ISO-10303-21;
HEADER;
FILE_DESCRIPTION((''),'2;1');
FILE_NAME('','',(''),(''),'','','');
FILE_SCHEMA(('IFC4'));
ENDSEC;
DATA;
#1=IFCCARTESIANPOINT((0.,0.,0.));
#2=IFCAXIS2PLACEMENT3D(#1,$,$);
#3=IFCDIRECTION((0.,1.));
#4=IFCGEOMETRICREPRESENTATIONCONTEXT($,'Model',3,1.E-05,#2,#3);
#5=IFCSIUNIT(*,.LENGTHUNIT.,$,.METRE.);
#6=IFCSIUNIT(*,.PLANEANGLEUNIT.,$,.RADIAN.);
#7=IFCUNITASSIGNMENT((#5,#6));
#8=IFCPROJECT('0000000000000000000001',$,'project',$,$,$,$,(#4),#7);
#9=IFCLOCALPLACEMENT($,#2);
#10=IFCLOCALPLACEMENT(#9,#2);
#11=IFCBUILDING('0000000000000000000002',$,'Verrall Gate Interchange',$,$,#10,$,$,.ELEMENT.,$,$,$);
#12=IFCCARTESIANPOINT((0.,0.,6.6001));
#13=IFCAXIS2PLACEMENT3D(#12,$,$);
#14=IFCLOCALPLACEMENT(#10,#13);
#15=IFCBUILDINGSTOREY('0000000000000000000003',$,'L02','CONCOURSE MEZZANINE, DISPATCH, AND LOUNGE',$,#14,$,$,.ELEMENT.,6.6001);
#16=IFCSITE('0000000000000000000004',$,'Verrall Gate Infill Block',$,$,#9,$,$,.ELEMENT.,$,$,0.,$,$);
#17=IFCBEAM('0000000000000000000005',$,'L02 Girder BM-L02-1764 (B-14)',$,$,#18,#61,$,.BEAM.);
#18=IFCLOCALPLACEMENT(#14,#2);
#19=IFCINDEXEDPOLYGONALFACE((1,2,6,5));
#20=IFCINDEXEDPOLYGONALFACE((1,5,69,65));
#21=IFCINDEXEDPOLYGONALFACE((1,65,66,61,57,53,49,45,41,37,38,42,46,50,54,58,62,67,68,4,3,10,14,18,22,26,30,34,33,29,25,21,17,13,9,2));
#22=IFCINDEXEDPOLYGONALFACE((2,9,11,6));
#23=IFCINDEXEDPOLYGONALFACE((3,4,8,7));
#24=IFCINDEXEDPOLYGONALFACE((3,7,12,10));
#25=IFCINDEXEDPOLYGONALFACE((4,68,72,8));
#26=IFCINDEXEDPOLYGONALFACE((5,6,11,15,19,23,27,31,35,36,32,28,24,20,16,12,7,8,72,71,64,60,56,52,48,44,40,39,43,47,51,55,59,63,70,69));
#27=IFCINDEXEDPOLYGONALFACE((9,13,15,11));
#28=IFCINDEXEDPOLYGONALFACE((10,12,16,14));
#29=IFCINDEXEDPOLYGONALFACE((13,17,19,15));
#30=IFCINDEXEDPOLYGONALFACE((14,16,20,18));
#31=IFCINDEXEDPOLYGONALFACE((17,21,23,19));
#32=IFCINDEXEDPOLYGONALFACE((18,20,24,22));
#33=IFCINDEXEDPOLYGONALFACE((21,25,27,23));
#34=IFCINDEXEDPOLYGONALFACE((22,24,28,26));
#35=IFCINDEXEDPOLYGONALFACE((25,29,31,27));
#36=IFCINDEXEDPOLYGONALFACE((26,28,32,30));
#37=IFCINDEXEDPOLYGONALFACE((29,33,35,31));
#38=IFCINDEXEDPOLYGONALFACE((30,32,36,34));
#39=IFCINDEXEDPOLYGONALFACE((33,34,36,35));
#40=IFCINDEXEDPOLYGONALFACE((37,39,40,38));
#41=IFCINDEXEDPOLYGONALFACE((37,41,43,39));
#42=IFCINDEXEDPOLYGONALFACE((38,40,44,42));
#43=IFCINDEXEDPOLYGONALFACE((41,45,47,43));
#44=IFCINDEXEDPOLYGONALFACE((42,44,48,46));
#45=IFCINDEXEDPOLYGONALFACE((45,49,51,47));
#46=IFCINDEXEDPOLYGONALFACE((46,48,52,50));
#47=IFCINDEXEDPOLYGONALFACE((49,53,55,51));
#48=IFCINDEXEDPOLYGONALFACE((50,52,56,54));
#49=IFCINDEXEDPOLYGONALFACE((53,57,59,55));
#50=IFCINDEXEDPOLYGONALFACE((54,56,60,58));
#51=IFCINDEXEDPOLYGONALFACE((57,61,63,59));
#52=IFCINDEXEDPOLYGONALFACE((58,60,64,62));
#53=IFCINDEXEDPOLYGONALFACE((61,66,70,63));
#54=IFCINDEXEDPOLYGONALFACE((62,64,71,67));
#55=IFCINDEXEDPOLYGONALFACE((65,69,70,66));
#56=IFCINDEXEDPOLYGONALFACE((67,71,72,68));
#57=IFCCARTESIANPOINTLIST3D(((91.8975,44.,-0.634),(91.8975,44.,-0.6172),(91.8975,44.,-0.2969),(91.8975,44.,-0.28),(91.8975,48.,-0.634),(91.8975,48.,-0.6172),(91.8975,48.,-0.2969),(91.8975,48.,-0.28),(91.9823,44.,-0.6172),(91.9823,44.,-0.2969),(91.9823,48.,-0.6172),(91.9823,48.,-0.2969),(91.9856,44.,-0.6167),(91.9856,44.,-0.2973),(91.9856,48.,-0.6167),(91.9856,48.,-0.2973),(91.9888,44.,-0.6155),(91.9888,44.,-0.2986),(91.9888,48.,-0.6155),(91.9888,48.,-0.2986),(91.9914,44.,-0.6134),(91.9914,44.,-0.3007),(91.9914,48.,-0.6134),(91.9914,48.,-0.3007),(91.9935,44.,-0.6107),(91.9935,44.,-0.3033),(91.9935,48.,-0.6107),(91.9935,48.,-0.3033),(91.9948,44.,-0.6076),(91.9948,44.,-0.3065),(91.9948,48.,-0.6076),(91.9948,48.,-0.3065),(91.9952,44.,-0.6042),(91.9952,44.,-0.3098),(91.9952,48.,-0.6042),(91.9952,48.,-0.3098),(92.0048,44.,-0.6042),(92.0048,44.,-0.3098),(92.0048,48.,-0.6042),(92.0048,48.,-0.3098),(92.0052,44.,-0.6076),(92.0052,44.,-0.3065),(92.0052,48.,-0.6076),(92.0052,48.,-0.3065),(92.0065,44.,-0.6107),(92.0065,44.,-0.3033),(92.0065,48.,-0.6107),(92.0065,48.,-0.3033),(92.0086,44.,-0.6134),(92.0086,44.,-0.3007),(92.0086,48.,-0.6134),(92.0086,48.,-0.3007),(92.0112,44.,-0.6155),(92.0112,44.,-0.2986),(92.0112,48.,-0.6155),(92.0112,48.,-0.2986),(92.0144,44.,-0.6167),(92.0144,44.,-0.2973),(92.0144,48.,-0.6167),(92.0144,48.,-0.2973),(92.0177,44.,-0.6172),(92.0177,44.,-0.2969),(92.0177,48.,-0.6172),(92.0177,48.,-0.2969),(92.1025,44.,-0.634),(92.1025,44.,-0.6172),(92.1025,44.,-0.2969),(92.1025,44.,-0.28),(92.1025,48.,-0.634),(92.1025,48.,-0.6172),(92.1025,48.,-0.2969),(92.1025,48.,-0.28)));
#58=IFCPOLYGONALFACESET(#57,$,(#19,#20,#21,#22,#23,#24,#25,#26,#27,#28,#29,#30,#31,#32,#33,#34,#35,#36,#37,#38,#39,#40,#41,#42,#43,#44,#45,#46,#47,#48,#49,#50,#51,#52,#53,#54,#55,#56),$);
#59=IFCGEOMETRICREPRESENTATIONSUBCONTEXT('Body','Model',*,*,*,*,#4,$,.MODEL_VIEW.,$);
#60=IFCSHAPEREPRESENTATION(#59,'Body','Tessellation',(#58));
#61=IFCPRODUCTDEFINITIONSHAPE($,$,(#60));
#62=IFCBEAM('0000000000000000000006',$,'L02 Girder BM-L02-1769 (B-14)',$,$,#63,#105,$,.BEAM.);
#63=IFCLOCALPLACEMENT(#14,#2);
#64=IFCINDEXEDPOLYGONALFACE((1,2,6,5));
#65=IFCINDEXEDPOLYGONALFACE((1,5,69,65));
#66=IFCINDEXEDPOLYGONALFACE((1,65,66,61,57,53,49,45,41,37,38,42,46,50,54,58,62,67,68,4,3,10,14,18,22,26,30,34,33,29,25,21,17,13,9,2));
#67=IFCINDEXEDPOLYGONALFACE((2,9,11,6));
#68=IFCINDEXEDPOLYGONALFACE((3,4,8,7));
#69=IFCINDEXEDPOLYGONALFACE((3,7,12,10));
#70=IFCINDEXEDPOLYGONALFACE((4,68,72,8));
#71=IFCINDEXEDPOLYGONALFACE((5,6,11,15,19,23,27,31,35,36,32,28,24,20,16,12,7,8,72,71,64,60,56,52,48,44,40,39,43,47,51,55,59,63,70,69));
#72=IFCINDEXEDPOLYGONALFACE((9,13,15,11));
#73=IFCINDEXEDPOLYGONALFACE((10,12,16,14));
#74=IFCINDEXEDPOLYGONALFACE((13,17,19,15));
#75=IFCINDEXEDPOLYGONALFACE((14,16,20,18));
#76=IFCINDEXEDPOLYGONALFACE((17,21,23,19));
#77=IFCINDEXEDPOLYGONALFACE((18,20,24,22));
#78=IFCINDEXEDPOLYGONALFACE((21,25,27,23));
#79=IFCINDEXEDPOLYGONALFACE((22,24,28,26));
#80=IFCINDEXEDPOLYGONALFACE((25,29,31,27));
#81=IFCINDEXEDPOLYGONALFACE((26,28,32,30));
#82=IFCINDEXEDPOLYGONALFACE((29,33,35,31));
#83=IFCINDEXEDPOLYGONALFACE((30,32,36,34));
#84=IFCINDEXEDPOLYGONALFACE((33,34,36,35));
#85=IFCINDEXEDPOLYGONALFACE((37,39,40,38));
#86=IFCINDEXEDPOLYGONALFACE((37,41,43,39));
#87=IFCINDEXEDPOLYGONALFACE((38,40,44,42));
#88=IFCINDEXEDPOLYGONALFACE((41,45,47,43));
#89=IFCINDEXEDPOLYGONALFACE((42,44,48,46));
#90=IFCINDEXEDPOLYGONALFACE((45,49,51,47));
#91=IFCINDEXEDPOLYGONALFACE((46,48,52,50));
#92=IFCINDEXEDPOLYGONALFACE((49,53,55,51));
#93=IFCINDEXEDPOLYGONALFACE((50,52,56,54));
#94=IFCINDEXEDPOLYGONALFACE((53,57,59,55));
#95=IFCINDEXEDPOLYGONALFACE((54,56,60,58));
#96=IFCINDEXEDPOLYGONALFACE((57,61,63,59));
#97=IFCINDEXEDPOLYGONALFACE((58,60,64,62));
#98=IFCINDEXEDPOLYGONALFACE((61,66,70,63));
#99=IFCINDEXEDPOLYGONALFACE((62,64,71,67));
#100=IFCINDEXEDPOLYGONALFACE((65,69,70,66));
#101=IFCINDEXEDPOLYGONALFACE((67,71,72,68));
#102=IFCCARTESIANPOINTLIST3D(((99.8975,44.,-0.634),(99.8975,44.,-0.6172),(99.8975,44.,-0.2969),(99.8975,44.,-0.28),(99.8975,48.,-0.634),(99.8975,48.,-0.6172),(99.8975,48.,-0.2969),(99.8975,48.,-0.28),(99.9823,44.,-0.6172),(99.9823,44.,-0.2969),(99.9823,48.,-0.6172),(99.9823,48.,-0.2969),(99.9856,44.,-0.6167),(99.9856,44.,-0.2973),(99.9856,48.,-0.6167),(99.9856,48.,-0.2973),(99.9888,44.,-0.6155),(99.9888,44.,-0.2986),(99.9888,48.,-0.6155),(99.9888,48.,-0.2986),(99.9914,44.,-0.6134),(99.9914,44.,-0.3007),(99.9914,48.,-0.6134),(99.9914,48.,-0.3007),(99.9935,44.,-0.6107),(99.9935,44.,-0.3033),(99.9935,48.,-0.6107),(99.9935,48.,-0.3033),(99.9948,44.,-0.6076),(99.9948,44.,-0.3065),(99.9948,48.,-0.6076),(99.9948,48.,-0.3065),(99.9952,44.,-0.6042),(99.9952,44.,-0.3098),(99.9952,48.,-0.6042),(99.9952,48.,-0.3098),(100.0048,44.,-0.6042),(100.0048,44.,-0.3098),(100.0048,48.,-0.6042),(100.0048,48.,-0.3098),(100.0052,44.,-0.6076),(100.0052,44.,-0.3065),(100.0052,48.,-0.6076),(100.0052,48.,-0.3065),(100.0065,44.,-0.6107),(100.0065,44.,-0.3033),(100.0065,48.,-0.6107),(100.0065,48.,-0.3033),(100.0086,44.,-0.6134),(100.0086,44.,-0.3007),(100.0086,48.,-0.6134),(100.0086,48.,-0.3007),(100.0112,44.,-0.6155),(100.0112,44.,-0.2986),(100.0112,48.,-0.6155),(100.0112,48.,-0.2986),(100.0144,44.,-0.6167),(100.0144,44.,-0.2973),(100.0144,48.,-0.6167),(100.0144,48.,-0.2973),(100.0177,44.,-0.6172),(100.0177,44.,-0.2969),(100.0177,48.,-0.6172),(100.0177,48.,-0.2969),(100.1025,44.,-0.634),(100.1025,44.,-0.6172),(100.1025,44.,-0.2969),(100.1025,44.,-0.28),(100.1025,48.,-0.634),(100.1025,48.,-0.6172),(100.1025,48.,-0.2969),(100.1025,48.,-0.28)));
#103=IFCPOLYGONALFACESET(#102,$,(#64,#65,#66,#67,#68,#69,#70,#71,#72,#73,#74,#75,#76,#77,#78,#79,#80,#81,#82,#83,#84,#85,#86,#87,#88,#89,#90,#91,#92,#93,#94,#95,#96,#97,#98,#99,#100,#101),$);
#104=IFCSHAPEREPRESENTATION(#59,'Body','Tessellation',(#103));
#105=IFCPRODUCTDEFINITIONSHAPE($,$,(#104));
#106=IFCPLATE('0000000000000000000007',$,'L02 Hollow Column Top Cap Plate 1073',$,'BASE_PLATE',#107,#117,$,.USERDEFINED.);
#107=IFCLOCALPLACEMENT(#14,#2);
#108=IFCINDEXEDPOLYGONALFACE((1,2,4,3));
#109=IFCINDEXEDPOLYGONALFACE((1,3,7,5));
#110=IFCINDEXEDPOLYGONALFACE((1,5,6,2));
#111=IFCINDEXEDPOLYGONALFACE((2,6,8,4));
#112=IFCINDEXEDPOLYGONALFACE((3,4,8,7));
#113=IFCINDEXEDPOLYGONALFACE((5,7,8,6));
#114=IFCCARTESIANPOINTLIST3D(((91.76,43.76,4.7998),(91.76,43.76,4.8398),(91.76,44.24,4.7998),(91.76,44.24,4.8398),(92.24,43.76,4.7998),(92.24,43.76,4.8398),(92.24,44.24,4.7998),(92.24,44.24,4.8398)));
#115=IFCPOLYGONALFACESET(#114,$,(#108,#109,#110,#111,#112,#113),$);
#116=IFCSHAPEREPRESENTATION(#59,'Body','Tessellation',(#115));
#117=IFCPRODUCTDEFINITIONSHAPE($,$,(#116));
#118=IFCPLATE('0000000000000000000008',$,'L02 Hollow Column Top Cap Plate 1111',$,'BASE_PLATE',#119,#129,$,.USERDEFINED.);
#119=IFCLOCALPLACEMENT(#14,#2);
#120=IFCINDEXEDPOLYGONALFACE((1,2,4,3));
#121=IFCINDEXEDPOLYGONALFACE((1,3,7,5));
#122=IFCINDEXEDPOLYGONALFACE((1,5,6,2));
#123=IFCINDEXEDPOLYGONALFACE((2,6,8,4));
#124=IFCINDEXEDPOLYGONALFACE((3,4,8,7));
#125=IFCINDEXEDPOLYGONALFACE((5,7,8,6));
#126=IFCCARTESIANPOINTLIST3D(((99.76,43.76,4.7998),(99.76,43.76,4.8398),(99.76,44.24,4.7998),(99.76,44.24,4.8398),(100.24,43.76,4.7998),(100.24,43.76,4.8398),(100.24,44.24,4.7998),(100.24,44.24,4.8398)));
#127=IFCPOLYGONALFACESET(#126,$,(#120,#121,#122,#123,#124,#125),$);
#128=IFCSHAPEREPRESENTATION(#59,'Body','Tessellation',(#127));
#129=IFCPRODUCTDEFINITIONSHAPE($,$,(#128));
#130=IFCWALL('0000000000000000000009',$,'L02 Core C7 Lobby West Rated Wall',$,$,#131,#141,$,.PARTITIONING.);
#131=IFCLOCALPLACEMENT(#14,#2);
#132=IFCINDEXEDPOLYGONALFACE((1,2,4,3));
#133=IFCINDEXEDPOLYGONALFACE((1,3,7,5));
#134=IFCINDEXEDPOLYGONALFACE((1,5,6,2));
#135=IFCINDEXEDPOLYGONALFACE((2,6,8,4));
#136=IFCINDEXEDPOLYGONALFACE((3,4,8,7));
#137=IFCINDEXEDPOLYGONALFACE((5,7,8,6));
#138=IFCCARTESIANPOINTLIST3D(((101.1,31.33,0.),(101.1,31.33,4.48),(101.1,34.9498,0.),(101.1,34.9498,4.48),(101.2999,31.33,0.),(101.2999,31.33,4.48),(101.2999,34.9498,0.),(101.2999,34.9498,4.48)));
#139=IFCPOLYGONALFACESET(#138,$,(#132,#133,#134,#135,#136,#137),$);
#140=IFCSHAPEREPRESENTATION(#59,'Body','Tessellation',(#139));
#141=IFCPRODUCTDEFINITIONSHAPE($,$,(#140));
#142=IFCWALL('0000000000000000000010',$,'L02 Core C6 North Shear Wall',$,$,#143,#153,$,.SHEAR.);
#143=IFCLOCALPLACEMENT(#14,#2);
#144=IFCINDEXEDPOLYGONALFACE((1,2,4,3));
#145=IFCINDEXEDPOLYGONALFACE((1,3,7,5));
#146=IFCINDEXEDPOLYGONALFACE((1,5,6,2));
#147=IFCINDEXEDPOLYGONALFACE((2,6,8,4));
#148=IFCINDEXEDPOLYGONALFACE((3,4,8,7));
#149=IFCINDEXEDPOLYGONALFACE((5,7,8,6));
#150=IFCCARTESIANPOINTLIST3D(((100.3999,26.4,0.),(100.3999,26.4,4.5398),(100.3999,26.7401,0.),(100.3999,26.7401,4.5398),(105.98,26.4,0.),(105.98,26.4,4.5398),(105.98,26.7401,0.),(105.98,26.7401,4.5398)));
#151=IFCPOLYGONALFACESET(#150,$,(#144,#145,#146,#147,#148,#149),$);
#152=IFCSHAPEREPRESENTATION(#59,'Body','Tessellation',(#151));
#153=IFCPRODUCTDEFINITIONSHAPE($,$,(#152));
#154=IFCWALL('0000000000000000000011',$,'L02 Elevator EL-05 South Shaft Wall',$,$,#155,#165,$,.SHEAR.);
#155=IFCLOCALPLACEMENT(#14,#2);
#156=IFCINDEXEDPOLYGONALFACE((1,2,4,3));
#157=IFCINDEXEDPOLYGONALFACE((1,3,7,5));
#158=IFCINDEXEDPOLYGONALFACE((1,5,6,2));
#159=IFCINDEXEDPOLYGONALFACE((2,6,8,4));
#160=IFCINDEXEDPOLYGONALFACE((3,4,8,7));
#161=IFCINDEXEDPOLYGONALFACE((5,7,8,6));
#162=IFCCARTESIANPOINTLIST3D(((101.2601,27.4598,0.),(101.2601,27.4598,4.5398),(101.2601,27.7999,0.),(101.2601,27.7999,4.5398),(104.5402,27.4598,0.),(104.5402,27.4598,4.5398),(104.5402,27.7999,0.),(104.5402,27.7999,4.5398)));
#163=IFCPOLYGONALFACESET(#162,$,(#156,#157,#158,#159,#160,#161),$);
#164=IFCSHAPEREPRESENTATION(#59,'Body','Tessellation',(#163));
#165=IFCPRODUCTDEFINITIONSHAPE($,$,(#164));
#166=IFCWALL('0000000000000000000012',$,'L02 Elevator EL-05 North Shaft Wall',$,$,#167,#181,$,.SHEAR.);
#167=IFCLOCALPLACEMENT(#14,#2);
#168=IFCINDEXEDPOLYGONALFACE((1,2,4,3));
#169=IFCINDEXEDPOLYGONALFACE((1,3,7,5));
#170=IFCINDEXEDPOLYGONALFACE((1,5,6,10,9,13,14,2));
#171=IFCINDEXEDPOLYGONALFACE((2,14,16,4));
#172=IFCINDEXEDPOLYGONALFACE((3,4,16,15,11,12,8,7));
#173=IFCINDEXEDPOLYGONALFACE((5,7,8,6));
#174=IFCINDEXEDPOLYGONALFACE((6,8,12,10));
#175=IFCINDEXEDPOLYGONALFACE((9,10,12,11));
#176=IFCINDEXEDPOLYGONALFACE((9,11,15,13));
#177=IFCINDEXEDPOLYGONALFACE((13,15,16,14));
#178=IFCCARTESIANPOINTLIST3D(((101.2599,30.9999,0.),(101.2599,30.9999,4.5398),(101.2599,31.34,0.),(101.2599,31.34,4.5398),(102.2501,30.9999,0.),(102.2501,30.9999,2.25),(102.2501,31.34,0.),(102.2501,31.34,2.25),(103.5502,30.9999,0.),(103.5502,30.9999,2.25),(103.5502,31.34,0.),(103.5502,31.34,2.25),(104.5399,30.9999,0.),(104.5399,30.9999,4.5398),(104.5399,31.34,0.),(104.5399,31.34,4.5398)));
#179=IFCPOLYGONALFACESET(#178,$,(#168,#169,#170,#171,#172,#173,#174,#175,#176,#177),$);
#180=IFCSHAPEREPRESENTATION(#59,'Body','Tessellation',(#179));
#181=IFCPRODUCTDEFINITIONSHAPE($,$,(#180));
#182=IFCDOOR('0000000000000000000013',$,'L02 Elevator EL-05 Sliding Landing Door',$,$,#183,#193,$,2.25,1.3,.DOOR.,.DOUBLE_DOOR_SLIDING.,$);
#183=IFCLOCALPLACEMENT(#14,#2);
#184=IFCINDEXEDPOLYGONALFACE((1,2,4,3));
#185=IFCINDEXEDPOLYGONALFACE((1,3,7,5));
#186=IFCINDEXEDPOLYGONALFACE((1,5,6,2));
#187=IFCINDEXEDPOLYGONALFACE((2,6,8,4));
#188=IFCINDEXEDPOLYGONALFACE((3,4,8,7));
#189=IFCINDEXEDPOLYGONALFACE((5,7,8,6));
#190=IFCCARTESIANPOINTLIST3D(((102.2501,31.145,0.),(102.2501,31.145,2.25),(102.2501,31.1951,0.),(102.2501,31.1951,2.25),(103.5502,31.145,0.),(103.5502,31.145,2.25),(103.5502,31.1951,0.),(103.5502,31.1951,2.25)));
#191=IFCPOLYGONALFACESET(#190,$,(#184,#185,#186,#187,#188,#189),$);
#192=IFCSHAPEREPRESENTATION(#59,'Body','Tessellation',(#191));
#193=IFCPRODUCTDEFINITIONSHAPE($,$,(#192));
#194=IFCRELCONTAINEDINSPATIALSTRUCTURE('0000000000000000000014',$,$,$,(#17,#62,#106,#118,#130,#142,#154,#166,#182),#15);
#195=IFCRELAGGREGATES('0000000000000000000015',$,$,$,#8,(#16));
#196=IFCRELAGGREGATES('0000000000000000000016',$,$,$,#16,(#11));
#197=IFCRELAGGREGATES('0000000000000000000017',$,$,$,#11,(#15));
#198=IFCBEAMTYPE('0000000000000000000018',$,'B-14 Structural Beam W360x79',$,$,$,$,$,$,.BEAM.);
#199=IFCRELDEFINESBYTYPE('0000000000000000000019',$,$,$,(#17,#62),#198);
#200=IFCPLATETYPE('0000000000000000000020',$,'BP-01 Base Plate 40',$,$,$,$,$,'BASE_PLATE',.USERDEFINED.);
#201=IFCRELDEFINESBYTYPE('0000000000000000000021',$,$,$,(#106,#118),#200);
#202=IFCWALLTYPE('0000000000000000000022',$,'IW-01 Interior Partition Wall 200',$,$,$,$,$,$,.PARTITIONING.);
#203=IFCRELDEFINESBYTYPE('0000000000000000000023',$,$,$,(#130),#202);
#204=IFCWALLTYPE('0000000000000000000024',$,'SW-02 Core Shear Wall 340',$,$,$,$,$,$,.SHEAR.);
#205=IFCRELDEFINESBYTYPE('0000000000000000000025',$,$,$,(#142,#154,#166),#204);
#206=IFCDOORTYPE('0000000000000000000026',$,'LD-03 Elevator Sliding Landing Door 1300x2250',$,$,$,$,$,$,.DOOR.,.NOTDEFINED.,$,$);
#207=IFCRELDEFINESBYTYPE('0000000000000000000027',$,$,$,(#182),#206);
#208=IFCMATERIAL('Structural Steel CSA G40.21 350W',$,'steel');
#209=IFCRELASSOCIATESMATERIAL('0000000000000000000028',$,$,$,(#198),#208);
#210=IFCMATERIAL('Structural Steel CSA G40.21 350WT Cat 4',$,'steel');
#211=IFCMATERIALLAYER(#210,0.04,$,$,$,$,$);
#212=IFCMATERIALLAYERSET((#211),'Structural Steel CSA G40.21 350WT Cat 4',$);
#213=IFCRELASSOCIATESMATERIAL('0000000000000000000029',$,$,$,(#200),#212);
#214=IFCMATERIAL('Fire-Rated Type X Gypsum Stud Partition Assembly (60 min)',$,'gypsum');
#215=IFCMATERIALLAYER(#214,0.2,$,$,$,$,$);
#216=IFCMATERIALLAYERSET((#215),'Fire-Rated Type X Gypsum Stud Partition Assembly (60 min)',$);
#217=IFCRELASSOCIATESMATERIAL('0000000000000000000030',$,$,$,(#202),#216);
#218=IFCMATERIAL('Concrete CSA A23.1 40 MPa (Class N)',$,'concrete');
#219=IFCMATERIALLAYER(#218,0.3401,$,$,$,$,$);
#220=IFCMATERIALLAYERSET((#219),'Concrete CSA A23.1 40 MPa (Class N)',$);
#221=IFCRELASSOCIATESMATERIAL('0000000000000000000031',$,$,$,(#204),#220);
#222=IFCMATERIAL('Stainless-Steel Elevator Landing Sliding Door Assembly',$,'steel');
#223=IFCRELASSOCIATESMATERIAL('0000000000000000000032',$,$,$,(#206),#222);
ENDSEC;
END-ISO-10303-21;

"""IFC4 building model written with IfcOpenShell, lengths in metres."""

from ifc_helpers import new_model, si_unit, direction, frame, frame_2d, origin, origin_2d, place, context, subcontext, project, spatial, rectangle, i_section, extrude, material, layer, layer_set, material_profile, profile_set, type_object, element, fill, save


model = new_model("IFC4")

# Units and contexts
model_context = context("Model", 3, precision=1e-05, world=origin(), true_north=direction((0.0, 1.0)))
body_context = subcontext(model_context, "Body", "Model", "MODEL_VIEW")
ifc_project = project(units=[si_unit("LENGTHUNIT", "METRE"), si_unit("PLANEANGLEUNIT", "RADIAN")], contexts=[model_context])

# Site, building, storey
site_placement = place(None, origin())
site = spatial("IfcSite", under=ifc_project, at=site_placement, Name="Verrall Gate Infill Block", CompositionType="ELEMENT", RefElevation=0.0)
building_placement = place(site_placement, origin())
building = spatial("IfcBuilding", under=site, at=building_placement, Name="Verrall Gate Interchange", CompositionType="ELEMENT")
storey_placement = place(building_placement, frame((0.0, 0.0, 6.6001)))
storey = spatial("IfcBuildingStorey", under=building, at=storey_placement, Name="L02", Description="CONCOURSE MEZZANINE, DISPATCH, AND LOUNGE", CompositionType="ELEMENT", Elevation=6.6001)

# Beams
ifc_material_1 = material(Name="Structural Steel CSA G40.21 350W", Category="steel")
ifc_material_profile_1 = material_profile(ifc_material_1, i_section(OverallWidth=0.2051, OverallDepth=0.354, WebThickness=0.0095, FlangeThickness=0.0168, FilletRadius=0.0129, at=origin_2d()), Name="W360x79")
ifc_profile_set_1 = profile_set([ifc_material_profile_1], Name="Structural Steel CSA G40.21 350W")
beam_type_1 = type_object("IfcBeamType", Name="B-14 Structural Beam W360x79", PredefinedType="BEAM", material=ifc_profile_set_1)
for number, where, z_axis, x_axis, name in (
    (1, (92.0, 44.0, -0.457), (0.0, 1.0, 0.0), (-1.0, 0.0, 0.0), "L02 Girder BM-L02-1764 (B-14)"),
    (2, (100.0, 44.0, -0.457), (0.0, 1.0, 0.0), (-1.0, 0.0, 0.0), "L02 Girder BM-L02-1769 (B-14)"),
):
    element("IfcBeam", number, at=place(storey_placement, frame(where, z_axis=z_axis, x_axis=x_axis)), inside=storey, type_object=beam_type_1, Name=name, PredefinedType="BEAM", context=body_context, shape_type="SweptSolid", body=[
        extrude(i_section(OverallWidth=0.2051, OverallDepth=0.354, WebThickness=0.0095, FlangeThickness=0.0168, FilletRadius=0.0129, at=origin_2d()), origin(), (0.0, 0.0, 1.0), 4.0),
    ])

# Plates
ifc_material_2 = material(Name="Structural Steel CSA G40.21 350WT Cat 4", Category="steel")
ifc_layer_1 = layer(ifc_material_2, 0.04)
ifc_layer_set_1 = layer_set([ifc_layer_1], Name="Structural Steel CSA G40.21 350WT Cat 4")
plate_type = type_object("IfcPlateType", Name="BP-01 Base Plate 40", ElementType="BASE_PLATE", PredefinedType="USERDEFINED", material=ifc_layer_set_1)
for number, where, z_axis, x_axis, name in (
    (3, (92.0, 44.0, 4.7998), (0.0, 0.0, 1.0), (1.0, 0.0, 0.0), "L02 Hollow Column Top Cap Plate 1073"),
    (4, (100.0, 44.0, 4.7998), (0.0, 0.0, 1.0), (1.0, 0.0, 0.0), "L02 Hollow Column Top Cap Plate 1111"),
):
    element("IfcPlate", number, at=place(storey_placement, frame(where, z_axis=z_axis, x_axis=x_axis)), inside=storey, type_object=plate_type, Name=name, ObjectType="BASE_PLATE", PredefinedType="USERDEFINED", context=body_context, shape_type="SweptSolid", body=[
        extrude(rectangle(XDim=0.48, YDim=0.48, at=origin_2d()), origin(), (0.0, 0.0, 1.0), 0.04),
    ])

# Shared definitions
ifc_material_3 = material(Name="Fire-Rated Type X Gypsum Stud Partition Assembly (60 min)", Category="gypsum")
ifc_layer_2 = layer(ifc_material_3, 0.2)
ifc_layer_set_2 = layer_set([ifc_layer_2], Name="Fire-Rated Type X Gypsum Stud Partition Assembly (60 min)")
wall_type_1 = type_object("IfcWallType", Name="IW-01 Interior Partition Wall 200", PredefinedType="PARTITIONING", material=ifc_layer_set_2)

# Walls
wall_1_placement = place(storey_placement, frame((101.2, 34.95, 0.0), z_axis=(0.0, 0.0, 1.0), x_axis=(0.0, -1.0, 0.0)))
element("IfcWall", 5, at=wall_1_placement, inside=storey, type_object=wall_type_1, Name="L02 Core C7 Lobby West Rated Wall", PredefinedType="PARTITIONING", context=body_context, shape_type="SweptSolid", body=[
    extrude(rectangle(XDim=3.6199, YDim=0.2, at=frame_2d((1.8101, 0.0))), origin(), (0.0, 0.0, 1.0), 4.48),
])
ifc_material_4 = material(Name="Concrete CSA A23.1 40 MPa (Class N)", Category="concrete")
ifc_layer_3 = layer(ifc_material_4, 0.3401)
ifc_layer_set_3 = layer_set([ifc_layer_3], Name="Concrete CSA A23.1 40 MPa (Class N)")
wall_type_2 = type_object("IfcWallType", Name="SW-02 Core Shear Wall 340", PredefinedType="SHEAR", material=ifc_layer_set_3)
wall_2_placement = place(storey_placement, frame((105.98, 26.5701, 0.0), z_axis=(0.0, 0.0, 1.0), x_axis=(-1.0, 0.0, 0.0)))
element("IfcWall", 6, at=wall_2_placement, inside=storey, type_object=wall_type_2, Name="L02 Core C6 North Shear Wall", PredefinedType="SHEAR", context=body_context, shape_type="SweptSolid", body=[
    extrude(rectangle(XDim=5.5801, YDim=0.3401, at=frame_2d((2.79, 0.0))), origin(), (0.0, 0.0, 1.0), 4.5398),
])
wall_3_placement = place(storey_placement, frame((101.26, 27.6299, 0.0), z_axis=(0.0, 0.0, 1.0), x_axis=(1.0, 0.0, 0.0)))
element("IfcWall", 7, at=wall_3_placement, inside=storey, type_object=wall_type_2, Name="L02 Elevator EL-05 South Shaft Wall", PredefinedType="SHEAR", context=body_context, shape_type="SweptSolid", body=[
    extrude(rectangle(XDim=3.28, YDim=0.3401, at=frame_2d((1.6401, 0.0))), origin(), (0.0, 0.0, 1.0), 4.5398),
])

# Wall, opening, door
wall_4_placement = place(storey_placement, frame((104.54, 31.1699, 0.0), z_axis=(0.0, 0.0, 1.0), x_axis=(-1.0, 0.0, 0.0)))
wall_4 = element("IfcWall", 8, at=wall_4_placement, inside=storey, type_object=wall_type_2, Name="L02 Elevator EL-05 North Shaft Wall", PredefinedType="SHEAR", context=body_context, shape_type="SweptSolid", body=[
    extrude(rectangle(XDim=3.28, YDim=0.3401, at=frame_2d((1.6401, 0.0))), origin(), (0.0, 0.0, 1.0), 4.5398),
])
opening_1_placement = place(wall_4_placement, frame((0.99, 0.0, 0.0)))
opening_1 = element("IfcOpeningElement", 9, at=opening_1_placement, cuts=wall_4, PredefinedType="OPENING", context=body_context, shape_type="SweptSolid", body=[
    extrude(rectangle(XDim=1.3, YDim=2.25, at=frame_2d((0.6499, 1.125))), frame((0.0, 0.1851, 0.0), z_axis=(0.0, -1.0, 0.0), x_axis=(1.0, 0.0, 0.0)), (0.0, 0.0, 1.0), 0.3699),
])
ifc_material_5 = material(Name="Stainless-Steel Elevator Landing Sliding Door Assembly", Category="steel")
door_type_1 = type_object("IfcDoorType", Name="LD-03 Elevator Sliding Landing Door 1300x2250", OperationType="NOTDEFINED", PredefinedType="DOOR", material=ifc_material_5)
door_1_placement = place(opening_1_placement, origin())
door_1 = element("IfcDoor", 10, at=door_1_placement, inside=storey, type_object=door_type_1, Name="L02 Elevator EL-05 Sliding Landing Door", OperationType="DOUBLE_DOOR_SLIDING", OverallHeight=2.25, OverallWidth=1.3, PredefinedType="DOOR", context=body_context, shape_type="SweptSolid", body=[
    extrude(rectangle(XDim=1.3, YDim=2.25, at=frame_2d((0.6499, 1.125))), frame((0.0, 0.0249, 0.0), z_axis=(0.0, -1.0, 0.0), x_axis=(1.0, 0.0, 0.0)), (0.0, 0.0, 1.0), 0.05),
])
fill(opening_1, door_1)

save(model, "model.ifc")
